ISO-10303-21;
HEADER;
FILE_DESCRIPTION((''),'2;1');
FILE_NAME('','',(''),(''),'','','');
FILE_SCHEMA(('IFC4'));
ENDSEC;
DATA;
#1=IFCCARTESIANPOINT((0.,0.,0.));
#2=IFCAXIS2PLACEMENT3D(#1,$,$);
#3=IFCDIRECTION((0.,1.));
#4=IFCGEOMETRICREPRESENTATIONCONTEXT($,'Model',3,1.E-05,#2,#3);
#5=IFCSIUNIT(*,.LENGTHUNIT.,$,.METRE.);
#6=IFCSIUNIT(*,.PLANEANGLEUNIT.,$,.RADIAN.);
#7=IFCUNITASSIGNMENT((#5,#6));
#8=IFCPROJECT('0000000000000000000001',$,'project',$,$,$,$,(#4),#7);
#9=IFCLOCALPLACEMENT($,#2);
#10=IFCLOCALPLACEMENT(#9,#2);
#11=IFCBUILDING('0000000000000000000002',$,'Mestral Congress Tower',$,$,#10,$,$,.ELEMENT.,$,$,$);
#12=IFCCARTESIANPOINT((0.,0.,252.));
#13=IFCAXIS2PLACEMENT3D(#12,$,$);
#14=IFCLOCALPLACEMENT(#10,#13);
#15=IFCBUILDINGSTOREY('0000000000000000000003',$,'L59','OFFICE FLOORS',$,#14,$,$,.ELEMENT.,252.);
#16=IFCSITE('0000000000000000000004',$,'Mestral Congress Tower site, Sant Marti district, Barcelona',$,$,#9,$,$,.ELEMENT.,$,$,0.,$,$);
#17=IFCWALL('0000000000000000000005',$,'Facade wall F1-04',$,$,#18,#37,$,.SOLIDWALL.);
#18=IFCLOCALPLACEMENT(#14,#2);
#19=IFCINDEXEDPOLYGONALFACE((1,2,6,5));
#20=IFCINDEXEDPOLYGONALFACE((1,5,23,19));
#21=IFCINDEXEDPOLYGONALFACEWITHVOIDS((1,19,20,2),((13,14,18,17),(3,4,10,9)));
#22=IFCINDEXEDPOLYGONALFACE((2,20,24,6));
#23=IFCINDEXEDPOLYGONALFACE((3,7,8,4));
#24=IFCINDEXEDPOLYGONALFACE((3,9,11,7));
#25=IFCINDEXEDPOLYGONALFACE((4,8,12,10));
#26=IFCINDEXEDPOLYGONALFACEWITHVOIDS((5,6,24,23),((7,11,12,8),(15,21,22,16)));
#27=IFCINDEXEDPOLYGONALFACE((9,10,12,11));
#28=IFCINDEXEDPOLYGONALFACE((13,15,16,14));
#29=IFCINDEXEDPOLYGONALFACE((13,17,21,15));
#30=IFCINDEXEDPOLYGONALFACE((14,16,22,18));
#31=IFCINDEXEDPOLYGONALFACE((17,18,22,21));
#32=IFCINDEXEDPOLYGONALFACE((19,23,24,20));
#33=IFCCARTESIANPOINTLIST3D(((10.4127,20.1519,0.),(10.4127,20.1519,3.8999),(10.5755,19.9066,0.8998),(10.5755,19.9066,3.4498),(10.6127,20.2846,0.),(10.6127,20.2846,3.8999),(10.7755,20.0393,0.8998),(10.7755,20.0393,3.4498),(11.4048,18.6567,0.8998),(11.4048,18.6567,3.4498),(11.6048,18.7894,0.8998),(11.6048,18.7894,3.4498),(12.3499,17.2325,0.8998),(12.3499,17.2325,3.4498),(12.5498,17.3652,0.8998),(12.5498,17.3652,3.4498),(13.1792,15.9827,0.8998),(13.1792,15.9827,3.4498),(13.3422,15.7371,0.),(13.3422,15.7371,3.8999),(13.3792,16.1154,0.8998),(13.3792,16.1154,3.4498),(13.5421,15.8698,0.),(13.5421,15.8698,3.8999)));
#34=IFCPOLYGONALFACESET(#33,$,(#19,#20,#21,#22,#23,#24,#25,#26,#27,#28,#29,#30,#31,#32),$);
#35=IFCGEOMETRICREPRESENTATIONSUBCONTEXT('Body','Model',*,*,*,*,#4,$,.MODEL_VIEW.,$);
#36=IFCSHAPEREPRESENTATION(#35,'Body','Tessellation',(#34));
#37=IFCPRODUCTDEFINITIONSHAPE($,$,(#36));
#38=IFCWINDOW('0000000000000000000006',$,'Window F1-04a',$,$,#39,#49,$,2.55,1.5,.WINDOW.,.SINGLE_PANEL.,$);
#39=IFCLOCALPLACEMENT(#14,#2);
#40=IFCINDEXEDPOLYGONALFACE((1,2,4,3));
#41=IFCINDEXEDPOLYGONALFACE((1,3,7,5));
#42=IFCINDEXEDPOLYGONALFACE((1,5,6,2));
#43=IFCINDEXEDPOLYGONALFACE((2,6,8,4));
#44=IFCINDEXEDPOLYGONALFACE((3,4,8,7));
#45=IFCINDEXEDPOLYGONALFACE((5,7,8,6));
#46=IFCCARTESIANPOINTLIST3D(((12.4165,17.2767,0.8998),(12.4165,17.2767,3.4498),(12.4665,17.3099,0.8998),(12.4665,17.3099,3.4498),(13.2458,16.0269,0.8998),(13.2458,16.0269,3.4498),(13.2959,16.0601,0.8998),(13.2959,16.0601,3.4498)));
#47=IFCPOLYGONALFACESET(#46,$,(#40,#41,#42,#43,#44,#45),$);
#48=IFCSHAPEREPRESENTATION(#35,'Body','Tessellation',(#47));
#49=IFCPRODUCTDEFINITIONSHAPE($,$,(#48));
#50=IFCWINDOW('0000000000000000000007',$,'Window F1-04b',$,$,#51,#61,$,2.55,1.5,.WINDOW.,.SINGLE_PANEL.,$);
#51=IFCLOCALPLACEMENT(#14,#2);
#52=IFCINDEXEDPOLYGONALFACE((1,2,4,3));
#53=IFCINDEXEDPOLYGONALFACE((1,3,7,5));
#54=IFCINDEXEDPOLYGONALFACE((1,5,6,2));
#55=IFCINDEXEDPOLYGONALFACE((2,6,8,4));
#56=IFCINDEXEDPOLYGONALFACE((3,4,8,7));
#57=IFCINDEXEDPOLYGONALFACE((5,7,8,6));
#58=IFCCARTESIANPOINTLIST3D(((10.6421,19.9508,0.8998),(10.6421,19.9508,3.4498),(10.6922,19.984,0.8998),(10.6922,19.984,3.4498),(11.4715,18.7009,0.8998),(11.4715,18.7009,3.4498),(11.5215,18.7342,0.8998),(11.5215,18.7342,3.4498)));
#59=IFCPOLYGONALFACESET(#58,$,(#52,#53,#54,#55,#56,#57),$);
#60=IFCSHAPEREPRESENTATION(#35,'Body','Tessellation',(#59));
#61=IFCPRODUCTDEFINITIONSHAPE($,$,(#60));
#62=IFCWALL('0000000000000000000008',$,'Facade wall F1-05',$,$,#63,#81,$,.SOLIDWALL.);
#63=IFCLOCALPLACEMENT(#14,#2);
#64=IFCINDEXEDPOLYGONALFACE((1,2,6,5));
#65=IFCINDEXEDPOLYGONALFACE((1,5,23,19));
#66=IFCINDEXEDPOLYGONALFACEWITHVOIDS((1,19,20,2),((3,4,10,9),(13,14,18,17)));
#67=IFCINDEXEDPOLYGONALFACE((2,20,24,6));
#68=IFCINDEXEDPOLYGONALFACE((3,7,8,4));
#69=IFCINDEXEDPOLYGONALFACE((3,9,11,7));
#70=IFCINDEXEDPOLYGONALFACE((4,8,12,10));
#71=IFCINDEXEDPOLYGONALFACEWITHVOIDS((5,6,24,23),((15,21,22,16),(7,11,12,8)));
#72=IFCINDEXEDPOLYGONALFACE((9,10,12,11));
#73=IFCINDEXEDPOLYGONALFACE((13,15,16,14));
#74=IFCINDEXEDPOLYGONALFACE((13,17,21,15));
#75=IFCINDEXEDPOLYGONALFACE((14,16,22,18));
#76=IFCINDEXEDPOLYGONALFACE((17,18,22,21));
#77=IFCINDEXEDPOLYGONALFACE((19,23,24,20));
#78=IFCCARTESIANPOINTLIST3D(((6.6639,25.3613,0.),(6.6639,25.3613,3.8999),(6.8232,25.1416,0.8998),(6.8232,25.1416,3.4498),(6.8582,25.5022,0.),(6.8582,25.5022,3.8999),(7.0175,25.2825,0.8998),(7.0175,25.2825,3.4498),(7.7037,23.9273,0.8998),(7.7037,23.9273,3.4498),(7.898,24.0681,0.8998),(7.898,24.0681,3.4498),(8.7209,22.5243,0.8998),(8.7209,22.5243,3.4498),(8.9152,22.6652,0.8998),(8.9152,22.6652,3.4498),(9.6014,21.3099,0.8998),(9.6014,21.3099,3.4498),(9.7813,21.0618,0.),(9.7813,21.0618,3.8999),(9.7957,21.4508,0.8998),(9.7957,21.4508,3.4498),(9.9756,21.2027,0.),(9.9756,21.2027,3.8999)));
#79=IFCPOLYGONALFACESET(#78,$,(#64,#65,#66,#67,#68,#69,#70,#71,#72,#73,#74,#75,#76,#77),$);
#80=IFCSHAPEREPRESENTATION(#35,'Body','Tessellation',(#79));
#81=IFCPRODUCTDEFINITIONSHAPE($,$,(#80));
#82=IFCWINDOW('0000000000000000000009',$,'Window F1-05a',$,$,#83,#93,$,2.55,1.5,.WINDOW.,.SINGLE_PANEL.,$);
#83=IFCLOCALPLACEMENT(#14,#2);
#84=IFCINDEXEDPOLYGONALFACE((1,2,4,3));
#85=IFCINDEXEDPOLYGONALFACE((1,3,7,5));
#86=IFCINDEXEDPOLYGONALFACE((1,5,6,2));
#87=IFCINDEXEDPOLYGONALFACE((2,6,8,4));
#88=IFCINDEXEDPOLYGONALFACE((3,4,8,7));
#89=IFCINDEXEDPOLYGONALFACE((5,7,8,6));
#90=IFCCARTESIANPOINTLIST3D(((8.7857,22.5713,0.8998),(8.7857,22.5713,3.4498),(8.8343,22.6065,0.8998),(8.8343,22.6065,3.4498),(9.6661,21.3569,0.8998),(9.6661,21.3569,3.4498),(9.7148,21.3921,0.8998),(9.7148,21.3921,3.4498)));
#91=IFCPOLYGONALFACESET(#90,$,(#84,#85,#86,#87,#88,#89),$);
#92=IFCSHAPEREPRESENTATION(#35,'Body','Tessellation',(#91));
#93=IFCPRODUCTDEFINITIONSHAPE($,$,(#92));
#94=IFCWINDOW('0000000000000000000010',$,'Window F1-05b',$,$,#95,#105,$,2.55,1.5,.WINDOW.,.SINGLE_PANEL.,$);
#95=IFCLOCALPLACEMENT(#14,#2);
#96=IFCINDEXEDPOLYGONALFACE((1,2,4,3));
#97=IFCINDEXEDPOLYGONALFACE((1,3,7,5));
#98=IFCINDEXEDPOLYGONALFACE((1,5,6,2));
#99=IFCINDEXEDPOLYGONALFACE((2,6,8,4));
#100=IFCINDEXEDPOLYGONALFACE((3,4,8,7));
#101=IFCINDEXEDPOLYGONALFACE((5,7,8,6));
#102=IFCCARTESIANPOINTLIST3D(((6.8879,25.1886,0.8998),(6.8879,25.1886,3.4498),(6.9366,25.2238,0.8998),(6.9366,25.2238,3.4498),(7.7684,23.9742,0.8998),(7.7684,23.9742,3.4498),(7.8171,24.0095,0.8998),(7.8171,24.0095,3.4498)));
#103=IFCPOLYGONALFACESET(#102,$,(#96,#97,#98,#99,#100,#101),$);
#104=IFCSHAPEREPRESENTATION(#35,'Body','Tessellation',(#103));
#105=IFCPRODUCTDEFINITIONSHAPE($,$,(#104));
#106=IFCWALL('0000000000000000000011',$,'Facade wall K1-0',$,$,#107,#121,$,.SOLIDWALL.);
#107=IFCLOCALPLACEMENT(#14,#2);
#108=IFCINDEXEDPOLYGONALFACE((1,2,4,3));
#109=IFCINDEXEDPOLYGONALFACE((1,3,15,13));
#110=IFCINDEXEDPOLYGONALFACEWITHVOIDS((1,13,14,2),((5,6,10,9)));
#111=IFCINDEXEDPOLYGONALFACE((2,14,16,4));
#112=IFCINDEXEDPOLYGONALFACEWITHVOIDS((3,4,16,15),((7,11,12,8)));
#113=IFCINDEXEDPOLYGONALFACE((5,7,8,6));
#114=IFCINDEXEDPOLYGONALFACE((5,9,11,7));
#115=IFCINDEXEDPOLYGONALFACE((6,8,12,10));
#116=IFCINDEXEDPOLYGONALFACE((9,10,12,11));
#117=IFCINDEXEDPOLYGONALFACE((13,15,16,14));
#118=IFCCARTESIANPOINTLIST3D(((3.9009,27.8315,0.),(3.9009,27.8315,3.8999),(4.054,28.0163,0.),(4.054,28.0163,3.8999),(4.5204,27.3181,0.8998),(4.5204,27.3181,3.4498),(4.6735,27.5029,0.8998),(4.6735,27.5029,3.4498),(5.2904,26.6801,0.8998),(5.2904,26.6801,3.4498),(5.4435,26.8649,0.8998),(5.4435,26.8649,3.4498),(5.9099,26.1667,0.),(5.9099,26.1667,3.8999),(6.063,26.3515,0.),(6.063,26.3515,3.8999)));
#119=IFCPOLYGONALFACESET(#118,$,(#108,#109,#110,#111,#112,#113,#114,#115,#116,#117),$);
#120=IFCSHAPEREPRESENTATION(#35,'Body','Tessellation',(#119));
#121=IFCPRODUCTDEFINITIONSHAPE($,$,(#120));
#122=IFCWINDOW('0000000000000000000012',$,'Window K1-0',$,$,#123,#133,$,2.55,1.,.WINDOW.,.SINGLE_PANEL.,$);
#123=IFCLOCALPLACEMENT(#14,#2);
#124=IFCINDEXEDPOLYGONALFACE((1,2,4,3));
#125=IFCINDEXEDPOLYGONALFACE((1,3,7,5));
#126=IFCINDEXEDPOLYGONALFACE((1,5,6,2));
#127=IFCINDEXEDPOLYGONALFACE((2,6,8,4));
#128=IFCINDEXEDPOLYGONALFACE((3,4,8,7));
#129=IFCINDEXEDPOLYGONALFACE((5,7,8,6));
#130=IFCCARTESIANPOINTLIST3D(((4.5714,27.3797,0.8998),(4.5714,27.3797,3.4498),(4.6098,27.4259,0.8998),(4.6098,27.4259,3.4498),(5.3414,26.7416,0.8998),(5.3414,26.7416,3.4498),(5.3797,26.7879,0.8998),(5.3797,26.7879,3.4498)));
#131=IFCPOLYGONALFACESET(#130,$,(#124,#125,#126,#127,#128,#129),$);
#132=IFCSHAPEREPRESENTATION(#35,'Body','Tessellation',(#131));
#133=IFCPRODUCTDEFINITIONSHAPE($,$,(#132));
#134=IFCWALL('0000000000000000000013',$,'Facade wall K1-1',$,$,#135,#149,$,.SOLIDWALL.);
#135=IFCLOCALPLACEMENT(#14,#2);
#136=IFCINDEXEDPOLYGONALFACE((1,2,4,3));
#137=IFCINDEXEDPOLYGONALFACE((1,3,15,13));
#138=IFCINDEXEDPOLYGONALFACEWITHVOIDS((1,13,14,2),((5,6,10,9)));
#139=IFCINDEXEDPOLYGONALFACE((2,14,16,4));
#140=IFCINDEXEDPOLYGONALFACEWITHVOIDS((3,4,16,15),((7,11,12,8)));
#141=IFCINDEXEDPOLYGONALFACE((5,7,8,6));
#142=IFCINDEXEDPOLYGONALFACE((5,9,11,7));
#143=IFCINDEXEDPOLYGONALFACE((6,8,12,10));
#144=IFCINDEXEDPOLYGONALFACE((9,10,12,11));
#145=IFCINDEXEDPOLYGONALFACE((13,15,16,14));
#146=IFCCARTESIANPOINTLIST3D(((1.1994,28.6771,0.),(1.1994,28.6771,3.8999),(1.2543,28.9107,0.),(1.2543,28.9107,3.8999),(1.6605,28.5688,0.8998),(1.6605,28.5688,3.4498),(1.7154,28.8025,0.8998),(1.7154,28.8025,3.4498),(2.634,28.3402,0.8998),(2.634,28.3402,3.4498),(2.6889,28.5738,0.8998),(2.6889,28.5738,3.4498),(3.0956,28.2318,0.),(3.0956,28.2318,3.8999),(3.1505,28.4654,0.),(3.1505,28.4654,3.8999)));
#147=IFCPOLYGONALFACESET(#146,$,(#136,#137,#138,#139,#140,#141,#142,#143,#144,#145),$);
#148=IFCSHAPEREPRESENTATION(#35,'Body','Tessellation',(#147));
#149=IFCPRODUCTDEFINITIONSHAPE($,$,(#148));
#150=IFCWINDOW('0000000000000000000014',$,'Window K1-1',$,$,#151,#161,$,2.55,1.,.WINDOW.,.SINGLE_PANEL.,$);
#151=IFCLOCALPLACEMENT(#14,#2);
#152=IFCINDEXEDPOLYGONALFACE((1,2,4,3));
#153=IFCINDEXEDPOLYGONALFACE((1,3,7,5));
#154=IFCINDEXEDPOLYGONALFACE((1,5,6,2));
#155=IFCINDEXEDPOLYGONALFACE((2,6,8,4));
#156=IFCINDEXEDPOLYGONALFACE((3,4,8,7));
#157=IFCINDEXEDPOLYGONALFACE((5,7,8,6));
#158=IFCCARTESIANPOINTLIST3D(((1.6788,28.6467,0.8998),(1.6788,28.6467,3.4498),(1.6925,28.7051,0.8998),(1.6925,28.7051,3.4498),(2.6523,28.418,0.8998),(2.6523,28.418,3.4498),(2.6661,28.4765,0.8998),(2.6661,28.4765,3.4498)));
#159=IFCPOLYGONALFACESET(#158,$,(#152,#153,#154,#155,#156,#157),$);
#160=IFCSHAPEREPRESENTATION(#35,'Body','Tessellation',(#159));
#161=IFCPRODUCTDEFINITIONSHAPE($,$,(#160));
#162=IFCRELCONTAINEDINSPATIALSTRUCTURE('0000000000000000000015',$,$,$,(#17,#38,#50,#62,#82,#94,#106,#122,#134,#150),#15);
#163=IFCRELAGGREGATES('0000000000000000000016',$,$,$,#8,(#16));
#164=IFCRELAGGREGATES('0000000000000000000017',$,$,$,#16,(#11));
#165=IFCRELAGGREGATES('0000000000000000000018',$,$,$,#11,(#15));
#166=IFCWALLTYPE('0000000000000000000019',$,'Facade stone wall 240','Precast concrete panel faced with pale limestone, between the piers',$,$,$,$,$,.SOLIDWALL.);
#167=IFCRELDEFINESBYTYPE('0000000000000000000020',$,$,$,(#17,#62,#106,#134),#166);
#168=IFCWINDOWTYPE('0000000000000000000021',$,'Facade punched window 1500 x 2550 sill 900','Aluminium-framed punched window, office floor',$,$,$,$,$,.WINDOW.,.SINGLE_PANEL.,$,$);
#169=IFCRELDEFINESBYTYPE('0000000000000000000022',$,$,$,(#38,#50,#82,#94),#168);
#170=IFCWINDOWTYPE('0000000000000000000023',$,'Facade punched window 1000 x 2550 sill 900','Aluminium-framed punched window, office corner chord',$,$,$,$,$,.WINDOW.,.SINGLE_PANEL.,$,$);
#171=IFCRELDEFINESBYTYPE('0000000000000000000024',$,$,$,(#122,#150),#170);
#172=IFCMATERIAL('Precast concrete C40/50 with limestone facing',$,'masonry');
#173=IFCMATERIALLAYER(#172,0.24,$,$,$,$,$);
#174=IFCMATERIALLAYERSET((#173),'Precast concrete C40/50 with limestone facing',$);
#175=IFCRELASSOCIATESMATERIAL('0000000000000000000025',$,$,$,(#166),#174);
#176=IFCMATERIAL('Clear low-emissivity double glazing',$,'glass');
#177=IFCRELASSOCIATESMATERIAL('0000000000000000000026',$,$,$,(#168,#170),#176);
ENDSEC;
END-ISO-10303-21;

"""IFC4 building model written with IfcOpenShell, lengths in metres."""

from ifc_helpers import new_model, si_unit, direction, frame, frame_2d, origin, place, context, subcontext, project, spatial, rectangle, extrude, material, layer, layer_set, type_object, element, fill, save


model = new_model("IFC4")

# Units and contexts
model_context = context("Model", 3, precision=1e-05, world=origin(), true_north=direction((0.0, 1.0)))
body_context = subcontext(model_context, "Body", "Model", "MODEL_VIEW")
ifc_project = project(units=[si_unit("LENGTHUNIT", "METRE"), si_unit("PLANEANGLEUNIT", "RADIAN")], contexts=[model_context])

# Site, building, storey
site_placement = place(None, origin())
site = spatial("IfcSite", under=ifc_project, at=site_placement, Name="Mestral Congress Tower site, Sant Marti district, Barcelona", CompositionType="ELEMENT", RefElevation=0.0)
building_placement = place(site_placement, origin())
building = spatial("IfcBuilding", under=site, at=building_placement, Name="Mestral Congress Tower", CompositionType="ELEMENT")
storey_placement = place(building_placement, frame((0.0, 0.0, 252.0)))
storey = spatial("IfcBuildingStorey", under=building, at=storey_placement, Name="L59", Description="OFFICE FLOORS", CompositionType="ELEMENT", Elevation=252.0)

# Walls, openings, windows
ifc_material_1 = material(Name="Precast concrete C40/50 with limestone facing", Category="masonry")
ifc_layer_1 = layer(ifc_material_1, 0.24)
ifc_layer_set_1 = layer_set([ifc_layer_1], Name="Precast concrete C40/50 with limestone facing")
wall_type_1 = type_object("IfcWallType", Name="Facade stone wall 240", Description="Precast concrete panel faced with pale limestone, between the piers", PredefinedType="SOLIDWALL", material=ifc_layer_set_1)
wall_1_placement = place(storey_placement, frame((13.4421, 15.8035, 0.0), z_axis=(0.0, 0.0, 1.0), x_axis=(-0.552902, 0.833246, 0.0)))
wall_1 = element("IfcWall", 1, at=wall_1_placement, inside=storey, type_object=wall_type_1, Name="Facade wall F1-04", PredefinedType="SOLIDWALL", context=body_context, shape_type="SweptSolid", body=[
    extrude(rectangle(XDim=5.2983, YDim=0.24, at=frame_2d((2.6492, 0.0))), origin(), (0.0, 0.0, 1.0), 3.8999),
])
opening_1_placement = place(wall_1_placement, frame((0.2947, 0.0, 0.8999)))
opening_1 = element("IfcOpeningElement", 2, at=opening_1_placement, cuts=wall_1, PredefinedType="OPENING", context=body_context, shape_type="SweptSolid", body=[
    extrude(rectangle(XDim=1.5, YDim=2.55, at=frame_2d((0.75, 1.2749))), frame((0.0, 0.1299, 0.0), z_axis=(0.0, -1.0, 0.0), x_axis=(1.0, 0.0, 0.0)), (0.0, 0.0, 1.0), 0.26),
])
opening_2_placement = place(wall_1_placement, frame((3.5039, 0.0, 0.8999)))
opening_2 = element("IfcOpeningElement", 3, at=opening_2_placement, cuts=wall_1, PredefinedType="OPENING", context=body_context, shape_type="SweptSolid", body=[
    extrude(rectangle(XDim=1.5, YDim=2.55, at=frame_2d((0.75, 1.2749))), frame((0.0, 0.1299, 0.0), z_axis=(0.0, -1.0, 0.0), x_axis=(1.0, 0.0, 0.0)), (0.0, 0.0, 1.0), 0.26),
])
ifc_material_2 = material(Name="Clear low-emissivity double glazing", Category="glass")
window_type_1 = type_object("IfcWindowType", Name="Facade punched window 1500 x 2550 sill 900", Description="Aluminium-framed punched window, office floor", PartitioningType="SINGLE_PANEL", PredefinedType="WINDOW", material=ifc_material_2)
window_1_placement = place(opening_1_placement, origin())
window_1 = element("IfcWindow", 4, at=window_1_placement, inside=storey, type_object=window_type_1, Name="Window F1-04a", OverallHeight=2.55, OverallWidth=1.5, PartitioningType="SINGLE_PANEL", PredefinedType="WINDOW", context=body_context, shape_type="SweptSolid", body=[
    extrude(rectangle(XDim=1.5, YDim=2.55, at=frame_2d((0.75, 1.2749))), frame((0.0, 0.04, 0.0), z_axis=(0.0, -1.0, 0.0), x_axis=(1.0, 0.0, 0.0)), (0.0, 0.0, 1.0), 0.0601),
])
fill(opening_1, window_1)
window_2_placement = place(opening_2_placement, origin())
window_2 = element("IfcWindow", 5, at=window_2_placement, inside=storey, type_object=window_type_1, Name="Window F1-04b", OverallHeight=2.55, OverallWidth=1.5, PartitioningType="SINGLE_PANEL", PredefinedType="WINDOW", context=body_context, shape_type="SweptSolid", body=[
    extrude(rectangle(XDim=1.5, YDim=2.55, at=frame_2d((0.75, 1.2749))), frame((0.0, 0.04, 0.0), z_axis=(0.0, -1.0, 0.0), x_axis=(1.0, 0.0, 0.0)), (0.0, 0.0, 1.0), 0.0601),
])
fill(opening_2, window_2)
wall_2_placement = place(storey_placement, frame((9.8784, 21.1323, 0.0), z_axis=(0.0, 0.0, 1.0), x_axis=(-0.586998, 0.809588, 0.0)))
wall_2 = element("IfcWall", 6, at=wall_2_placement, inside=storey, type_object=wall_type_1, Name="Facade wall F1-05", PredefinedType="SOLIDWALL", context=body_context, shape_type="SweptSolid", body=[
    extrude(rectangle(XDim=5.3108, YDim=0.24, at=frame_2d((2.6553, 0.0))), origin(), (0.0, 0.0, 1.0), 3.8999),
])
opening_3_placement = place(wall_2_placement, frame((0.3064, 0.0, 0.8999)))
opening_3 = element("IfcOpeningElement", 7, at=opening_3_placement, cuts=wall_2, PredefinedType="OPENING", context=body_context, shape_type="SweptSolid", body=[
    extrude(rectangle(XDim=1.5, YDim=2.55, at=frame_2d((0.75, 1.2749))), frame((0.0, 0.1299, 0.0), z_axis=(0.0, -1.0, 0.0), x_axis=(1.0, 0.0, 0.0)), (0.0, 0.0, 1.0), 0.26),
])
opening_4_placement = place(wall_2_placement, frame((3.5393, 0.0, 0.8999)))
opening_4 = element("IfcOpeningElement", 8, at=opening_4_placement, cuts=wall_2, PredefinedType="OPENING", context=body_context, shape_type="SweptSolid", body=[
    extrude(rectangle(XDim=1.5, YDim=2.55, at=frame_2d((0.75, 1.2749))), frame((0.0, 0.1299, 0.0), z_axis=(0.0, -1.0, 0.0), x_axis=(1.0, 0.0, 0.0)), (0.0, 0.0, 1.0), 0.26),
])
window_3_placement = place(opening_3_placement, origin())
window_3 = element("IfcWindow", 9, at=window_3_placement, inside=storey, type_object=window_type_1, Name="Window F1-05a", OverallHeight=2.55, OverallWidth=1.5, PartitioningType="SINGLE_PANEL", PredefinedType="WINDOW", context=body_context, shape_type="SweptSolid", body=[
    extrude(rectangle(XDim=1.5, YDim=2.55, at=frame_2d((0.75, 1.2749))), frame((0.0, 0.04, 0.0), z_axis=(0.0, -1.0, 0.0), x_axis=(1.0, 0.0, 0.0)), (0.0, 0.0, 1.0), 0.0601),
])
fill(opening_3, window_3)
window_4_placement = place(opening_4_placement, origin())
window_4 = element("IfcWindow", 10, at=window_4_placement, inside=storey, type_object=window_type_1, Name="Window F1-05b", OverallHeight=2.55, OverallWidth=1.5, PartitioningType="SINGLE_PANEL", PredefinedType="WINDOW", context=body_context, shape_type="SweptSolid", body=[
    extrude(rectangle(XDim=1.5, YDim=2.55, at=frame_2d((0.75, 1.2749))), frame((0.0, 0.04, 0.0), z_axis=(0.0, -1.0, 0.0), x_axis=(1.0, 0.0, 0.0)), (0.0, 0.0, 1.0), 0.0601),
])
fill(opening_4, window_4)

# Walls, openings, windows
wall_3_placement = place(storey_placement, frame((5.9866, 26.259, 0.0), z_axis=(0.0, 0.0, 1.0), x_axis=(-0.76999, 0.638056, 0.0)))
wall_3 = element("IfcWall", 11, at=wall_3_placement, inside=storey, type_object=wall_type_1, Name="Facade wall K1-0", PredefinedType="SOLIDWALL", context=body_context, shape_type="SweptSolid", body=[
    extrude(rectangle(XDim=2.6091, YDim=0.24, at=frame_2d((1.3047, 0.0))), origin(), (0.0, 0.0, 1.0), 3.8999),
])
opening_5_placement = place(wall_3_placement, frame((0.8047, 0.0, 0.8999)))
opening_5 = element("IfcOpeningElement", 12, at=opening_5_placement, cuts=wall_3, PredefinedType="OPENING", context=body_context, shape_type="SweptSolid", body=[
    extrude(rectangle(XDim=1.0, YDim=2.55, at=frame_2d((0.5, 1.2749))), frame((0.0, 0.1299, 0.0), z_axis=(0.0, -1.0, 0.0), x_axis=(1.0, 0.0, 0.0)), (0.0, 0.0, 1.0), 0.26),
])
window_type_2 = type_object("IfcWindowType", Name="Facade punched window 1000 x 2550 sill 900", Description="Aluminium-framed punched window, office corner chord", PartitioningType="SINGLE_PANEL", PredefinedType="WINDOW", material=ifc_material_2)
window_5_placement = place(opening_5_placement, origin())
window_5 = element("IfcWindow", 13, at=window_5_placement, inside=storey, type_object=window_type_2, Name="Window K1-0", OverallHeight=2.55, OverallWidth=1.0, PartitioningType="SINGLE_PANEL", PredefinedType="WINDOW", context=body_context, shape_type="SweptSolid", body=[
    extrude(rectangle(XDim=1.0, YDim=2.55, at=frame_2d((0.5, 1.2749))), frame((0.0, 0.04, 0.0), z_axis=(0.0, -1.0, 0.0), x_axis=(1.0, 0.0, 0.0)), (0.0, 0.0, 1.0), 0.0601),
])
fill(opening_5, window_5)
wall_4_placement = place(storey_placement, frame((3.123, 28.3486, 0.0), z_axis=(0.0, 0.0, 1.0), x_axis=(-0.973516, 0.22862, 0.0)))
wall_4 = element("IfcWall", 14, at=wall_4_placement, inside=storey, type_object=wall_type_1, Name="Facade wall K1-1", PredefinedType="SOLIDWALL", context=body_context, shape_type="SweptSolid", body=[
    extrude(rectangle(XDim=1.9478, YDim=0.24, at=frame_2d((0.9739, 0.0))), origin(), (0.0, 0.0, 1.0), 3.8999),
])
opening_6_placement = place(wall_4_placement, frame((0.4741, 0.0, 0.8999)))
opening_6 = element("IfcOpeningElement", 15, at=opening_6_placement, cuts=wall_4, PredefinedType="OPENING", context=body_context, shape_type="SweptSolid", body=[
    extrude(rectangle(XDim=1.0, YDim=2.55, at=frame_2d((0.5, 1.2749))), frame((0.0, 0.1299, 0.0), z_axis=(0.0, -1.0, 0.0), x_axis=(1.0, 0.0, 0.0)), (0.0, 0.0, 1.0), 0.26),
])
window_6_placement = place(opening_6_placement, origin())
window_6 = element("IfcWindow", 16, at=window_6_placement, inside=storey, type_object=window_type_2, Name="Window K1-1", OverallHeight=2.55, OverallWidth=1.0, PartitioningType="SINGLE_PANEL", PredefinedType="WINDOW", context=body_context, shape_type="SweptSolid", body=[
    extrude(rectangle(XDim=1.0, YDim=2.55, at=frame_2d((0.5, 1.2749))), frame((0.0, 0.04, 0.0), z_axis=(0.0, -1.0, 0.0), x_axis=(1.0, 0.0, 0.0)), (0.0, 0.0, 1.0), 0.0601),
])
fill(opening_6, window_6)

save(model, "model.ifc")
